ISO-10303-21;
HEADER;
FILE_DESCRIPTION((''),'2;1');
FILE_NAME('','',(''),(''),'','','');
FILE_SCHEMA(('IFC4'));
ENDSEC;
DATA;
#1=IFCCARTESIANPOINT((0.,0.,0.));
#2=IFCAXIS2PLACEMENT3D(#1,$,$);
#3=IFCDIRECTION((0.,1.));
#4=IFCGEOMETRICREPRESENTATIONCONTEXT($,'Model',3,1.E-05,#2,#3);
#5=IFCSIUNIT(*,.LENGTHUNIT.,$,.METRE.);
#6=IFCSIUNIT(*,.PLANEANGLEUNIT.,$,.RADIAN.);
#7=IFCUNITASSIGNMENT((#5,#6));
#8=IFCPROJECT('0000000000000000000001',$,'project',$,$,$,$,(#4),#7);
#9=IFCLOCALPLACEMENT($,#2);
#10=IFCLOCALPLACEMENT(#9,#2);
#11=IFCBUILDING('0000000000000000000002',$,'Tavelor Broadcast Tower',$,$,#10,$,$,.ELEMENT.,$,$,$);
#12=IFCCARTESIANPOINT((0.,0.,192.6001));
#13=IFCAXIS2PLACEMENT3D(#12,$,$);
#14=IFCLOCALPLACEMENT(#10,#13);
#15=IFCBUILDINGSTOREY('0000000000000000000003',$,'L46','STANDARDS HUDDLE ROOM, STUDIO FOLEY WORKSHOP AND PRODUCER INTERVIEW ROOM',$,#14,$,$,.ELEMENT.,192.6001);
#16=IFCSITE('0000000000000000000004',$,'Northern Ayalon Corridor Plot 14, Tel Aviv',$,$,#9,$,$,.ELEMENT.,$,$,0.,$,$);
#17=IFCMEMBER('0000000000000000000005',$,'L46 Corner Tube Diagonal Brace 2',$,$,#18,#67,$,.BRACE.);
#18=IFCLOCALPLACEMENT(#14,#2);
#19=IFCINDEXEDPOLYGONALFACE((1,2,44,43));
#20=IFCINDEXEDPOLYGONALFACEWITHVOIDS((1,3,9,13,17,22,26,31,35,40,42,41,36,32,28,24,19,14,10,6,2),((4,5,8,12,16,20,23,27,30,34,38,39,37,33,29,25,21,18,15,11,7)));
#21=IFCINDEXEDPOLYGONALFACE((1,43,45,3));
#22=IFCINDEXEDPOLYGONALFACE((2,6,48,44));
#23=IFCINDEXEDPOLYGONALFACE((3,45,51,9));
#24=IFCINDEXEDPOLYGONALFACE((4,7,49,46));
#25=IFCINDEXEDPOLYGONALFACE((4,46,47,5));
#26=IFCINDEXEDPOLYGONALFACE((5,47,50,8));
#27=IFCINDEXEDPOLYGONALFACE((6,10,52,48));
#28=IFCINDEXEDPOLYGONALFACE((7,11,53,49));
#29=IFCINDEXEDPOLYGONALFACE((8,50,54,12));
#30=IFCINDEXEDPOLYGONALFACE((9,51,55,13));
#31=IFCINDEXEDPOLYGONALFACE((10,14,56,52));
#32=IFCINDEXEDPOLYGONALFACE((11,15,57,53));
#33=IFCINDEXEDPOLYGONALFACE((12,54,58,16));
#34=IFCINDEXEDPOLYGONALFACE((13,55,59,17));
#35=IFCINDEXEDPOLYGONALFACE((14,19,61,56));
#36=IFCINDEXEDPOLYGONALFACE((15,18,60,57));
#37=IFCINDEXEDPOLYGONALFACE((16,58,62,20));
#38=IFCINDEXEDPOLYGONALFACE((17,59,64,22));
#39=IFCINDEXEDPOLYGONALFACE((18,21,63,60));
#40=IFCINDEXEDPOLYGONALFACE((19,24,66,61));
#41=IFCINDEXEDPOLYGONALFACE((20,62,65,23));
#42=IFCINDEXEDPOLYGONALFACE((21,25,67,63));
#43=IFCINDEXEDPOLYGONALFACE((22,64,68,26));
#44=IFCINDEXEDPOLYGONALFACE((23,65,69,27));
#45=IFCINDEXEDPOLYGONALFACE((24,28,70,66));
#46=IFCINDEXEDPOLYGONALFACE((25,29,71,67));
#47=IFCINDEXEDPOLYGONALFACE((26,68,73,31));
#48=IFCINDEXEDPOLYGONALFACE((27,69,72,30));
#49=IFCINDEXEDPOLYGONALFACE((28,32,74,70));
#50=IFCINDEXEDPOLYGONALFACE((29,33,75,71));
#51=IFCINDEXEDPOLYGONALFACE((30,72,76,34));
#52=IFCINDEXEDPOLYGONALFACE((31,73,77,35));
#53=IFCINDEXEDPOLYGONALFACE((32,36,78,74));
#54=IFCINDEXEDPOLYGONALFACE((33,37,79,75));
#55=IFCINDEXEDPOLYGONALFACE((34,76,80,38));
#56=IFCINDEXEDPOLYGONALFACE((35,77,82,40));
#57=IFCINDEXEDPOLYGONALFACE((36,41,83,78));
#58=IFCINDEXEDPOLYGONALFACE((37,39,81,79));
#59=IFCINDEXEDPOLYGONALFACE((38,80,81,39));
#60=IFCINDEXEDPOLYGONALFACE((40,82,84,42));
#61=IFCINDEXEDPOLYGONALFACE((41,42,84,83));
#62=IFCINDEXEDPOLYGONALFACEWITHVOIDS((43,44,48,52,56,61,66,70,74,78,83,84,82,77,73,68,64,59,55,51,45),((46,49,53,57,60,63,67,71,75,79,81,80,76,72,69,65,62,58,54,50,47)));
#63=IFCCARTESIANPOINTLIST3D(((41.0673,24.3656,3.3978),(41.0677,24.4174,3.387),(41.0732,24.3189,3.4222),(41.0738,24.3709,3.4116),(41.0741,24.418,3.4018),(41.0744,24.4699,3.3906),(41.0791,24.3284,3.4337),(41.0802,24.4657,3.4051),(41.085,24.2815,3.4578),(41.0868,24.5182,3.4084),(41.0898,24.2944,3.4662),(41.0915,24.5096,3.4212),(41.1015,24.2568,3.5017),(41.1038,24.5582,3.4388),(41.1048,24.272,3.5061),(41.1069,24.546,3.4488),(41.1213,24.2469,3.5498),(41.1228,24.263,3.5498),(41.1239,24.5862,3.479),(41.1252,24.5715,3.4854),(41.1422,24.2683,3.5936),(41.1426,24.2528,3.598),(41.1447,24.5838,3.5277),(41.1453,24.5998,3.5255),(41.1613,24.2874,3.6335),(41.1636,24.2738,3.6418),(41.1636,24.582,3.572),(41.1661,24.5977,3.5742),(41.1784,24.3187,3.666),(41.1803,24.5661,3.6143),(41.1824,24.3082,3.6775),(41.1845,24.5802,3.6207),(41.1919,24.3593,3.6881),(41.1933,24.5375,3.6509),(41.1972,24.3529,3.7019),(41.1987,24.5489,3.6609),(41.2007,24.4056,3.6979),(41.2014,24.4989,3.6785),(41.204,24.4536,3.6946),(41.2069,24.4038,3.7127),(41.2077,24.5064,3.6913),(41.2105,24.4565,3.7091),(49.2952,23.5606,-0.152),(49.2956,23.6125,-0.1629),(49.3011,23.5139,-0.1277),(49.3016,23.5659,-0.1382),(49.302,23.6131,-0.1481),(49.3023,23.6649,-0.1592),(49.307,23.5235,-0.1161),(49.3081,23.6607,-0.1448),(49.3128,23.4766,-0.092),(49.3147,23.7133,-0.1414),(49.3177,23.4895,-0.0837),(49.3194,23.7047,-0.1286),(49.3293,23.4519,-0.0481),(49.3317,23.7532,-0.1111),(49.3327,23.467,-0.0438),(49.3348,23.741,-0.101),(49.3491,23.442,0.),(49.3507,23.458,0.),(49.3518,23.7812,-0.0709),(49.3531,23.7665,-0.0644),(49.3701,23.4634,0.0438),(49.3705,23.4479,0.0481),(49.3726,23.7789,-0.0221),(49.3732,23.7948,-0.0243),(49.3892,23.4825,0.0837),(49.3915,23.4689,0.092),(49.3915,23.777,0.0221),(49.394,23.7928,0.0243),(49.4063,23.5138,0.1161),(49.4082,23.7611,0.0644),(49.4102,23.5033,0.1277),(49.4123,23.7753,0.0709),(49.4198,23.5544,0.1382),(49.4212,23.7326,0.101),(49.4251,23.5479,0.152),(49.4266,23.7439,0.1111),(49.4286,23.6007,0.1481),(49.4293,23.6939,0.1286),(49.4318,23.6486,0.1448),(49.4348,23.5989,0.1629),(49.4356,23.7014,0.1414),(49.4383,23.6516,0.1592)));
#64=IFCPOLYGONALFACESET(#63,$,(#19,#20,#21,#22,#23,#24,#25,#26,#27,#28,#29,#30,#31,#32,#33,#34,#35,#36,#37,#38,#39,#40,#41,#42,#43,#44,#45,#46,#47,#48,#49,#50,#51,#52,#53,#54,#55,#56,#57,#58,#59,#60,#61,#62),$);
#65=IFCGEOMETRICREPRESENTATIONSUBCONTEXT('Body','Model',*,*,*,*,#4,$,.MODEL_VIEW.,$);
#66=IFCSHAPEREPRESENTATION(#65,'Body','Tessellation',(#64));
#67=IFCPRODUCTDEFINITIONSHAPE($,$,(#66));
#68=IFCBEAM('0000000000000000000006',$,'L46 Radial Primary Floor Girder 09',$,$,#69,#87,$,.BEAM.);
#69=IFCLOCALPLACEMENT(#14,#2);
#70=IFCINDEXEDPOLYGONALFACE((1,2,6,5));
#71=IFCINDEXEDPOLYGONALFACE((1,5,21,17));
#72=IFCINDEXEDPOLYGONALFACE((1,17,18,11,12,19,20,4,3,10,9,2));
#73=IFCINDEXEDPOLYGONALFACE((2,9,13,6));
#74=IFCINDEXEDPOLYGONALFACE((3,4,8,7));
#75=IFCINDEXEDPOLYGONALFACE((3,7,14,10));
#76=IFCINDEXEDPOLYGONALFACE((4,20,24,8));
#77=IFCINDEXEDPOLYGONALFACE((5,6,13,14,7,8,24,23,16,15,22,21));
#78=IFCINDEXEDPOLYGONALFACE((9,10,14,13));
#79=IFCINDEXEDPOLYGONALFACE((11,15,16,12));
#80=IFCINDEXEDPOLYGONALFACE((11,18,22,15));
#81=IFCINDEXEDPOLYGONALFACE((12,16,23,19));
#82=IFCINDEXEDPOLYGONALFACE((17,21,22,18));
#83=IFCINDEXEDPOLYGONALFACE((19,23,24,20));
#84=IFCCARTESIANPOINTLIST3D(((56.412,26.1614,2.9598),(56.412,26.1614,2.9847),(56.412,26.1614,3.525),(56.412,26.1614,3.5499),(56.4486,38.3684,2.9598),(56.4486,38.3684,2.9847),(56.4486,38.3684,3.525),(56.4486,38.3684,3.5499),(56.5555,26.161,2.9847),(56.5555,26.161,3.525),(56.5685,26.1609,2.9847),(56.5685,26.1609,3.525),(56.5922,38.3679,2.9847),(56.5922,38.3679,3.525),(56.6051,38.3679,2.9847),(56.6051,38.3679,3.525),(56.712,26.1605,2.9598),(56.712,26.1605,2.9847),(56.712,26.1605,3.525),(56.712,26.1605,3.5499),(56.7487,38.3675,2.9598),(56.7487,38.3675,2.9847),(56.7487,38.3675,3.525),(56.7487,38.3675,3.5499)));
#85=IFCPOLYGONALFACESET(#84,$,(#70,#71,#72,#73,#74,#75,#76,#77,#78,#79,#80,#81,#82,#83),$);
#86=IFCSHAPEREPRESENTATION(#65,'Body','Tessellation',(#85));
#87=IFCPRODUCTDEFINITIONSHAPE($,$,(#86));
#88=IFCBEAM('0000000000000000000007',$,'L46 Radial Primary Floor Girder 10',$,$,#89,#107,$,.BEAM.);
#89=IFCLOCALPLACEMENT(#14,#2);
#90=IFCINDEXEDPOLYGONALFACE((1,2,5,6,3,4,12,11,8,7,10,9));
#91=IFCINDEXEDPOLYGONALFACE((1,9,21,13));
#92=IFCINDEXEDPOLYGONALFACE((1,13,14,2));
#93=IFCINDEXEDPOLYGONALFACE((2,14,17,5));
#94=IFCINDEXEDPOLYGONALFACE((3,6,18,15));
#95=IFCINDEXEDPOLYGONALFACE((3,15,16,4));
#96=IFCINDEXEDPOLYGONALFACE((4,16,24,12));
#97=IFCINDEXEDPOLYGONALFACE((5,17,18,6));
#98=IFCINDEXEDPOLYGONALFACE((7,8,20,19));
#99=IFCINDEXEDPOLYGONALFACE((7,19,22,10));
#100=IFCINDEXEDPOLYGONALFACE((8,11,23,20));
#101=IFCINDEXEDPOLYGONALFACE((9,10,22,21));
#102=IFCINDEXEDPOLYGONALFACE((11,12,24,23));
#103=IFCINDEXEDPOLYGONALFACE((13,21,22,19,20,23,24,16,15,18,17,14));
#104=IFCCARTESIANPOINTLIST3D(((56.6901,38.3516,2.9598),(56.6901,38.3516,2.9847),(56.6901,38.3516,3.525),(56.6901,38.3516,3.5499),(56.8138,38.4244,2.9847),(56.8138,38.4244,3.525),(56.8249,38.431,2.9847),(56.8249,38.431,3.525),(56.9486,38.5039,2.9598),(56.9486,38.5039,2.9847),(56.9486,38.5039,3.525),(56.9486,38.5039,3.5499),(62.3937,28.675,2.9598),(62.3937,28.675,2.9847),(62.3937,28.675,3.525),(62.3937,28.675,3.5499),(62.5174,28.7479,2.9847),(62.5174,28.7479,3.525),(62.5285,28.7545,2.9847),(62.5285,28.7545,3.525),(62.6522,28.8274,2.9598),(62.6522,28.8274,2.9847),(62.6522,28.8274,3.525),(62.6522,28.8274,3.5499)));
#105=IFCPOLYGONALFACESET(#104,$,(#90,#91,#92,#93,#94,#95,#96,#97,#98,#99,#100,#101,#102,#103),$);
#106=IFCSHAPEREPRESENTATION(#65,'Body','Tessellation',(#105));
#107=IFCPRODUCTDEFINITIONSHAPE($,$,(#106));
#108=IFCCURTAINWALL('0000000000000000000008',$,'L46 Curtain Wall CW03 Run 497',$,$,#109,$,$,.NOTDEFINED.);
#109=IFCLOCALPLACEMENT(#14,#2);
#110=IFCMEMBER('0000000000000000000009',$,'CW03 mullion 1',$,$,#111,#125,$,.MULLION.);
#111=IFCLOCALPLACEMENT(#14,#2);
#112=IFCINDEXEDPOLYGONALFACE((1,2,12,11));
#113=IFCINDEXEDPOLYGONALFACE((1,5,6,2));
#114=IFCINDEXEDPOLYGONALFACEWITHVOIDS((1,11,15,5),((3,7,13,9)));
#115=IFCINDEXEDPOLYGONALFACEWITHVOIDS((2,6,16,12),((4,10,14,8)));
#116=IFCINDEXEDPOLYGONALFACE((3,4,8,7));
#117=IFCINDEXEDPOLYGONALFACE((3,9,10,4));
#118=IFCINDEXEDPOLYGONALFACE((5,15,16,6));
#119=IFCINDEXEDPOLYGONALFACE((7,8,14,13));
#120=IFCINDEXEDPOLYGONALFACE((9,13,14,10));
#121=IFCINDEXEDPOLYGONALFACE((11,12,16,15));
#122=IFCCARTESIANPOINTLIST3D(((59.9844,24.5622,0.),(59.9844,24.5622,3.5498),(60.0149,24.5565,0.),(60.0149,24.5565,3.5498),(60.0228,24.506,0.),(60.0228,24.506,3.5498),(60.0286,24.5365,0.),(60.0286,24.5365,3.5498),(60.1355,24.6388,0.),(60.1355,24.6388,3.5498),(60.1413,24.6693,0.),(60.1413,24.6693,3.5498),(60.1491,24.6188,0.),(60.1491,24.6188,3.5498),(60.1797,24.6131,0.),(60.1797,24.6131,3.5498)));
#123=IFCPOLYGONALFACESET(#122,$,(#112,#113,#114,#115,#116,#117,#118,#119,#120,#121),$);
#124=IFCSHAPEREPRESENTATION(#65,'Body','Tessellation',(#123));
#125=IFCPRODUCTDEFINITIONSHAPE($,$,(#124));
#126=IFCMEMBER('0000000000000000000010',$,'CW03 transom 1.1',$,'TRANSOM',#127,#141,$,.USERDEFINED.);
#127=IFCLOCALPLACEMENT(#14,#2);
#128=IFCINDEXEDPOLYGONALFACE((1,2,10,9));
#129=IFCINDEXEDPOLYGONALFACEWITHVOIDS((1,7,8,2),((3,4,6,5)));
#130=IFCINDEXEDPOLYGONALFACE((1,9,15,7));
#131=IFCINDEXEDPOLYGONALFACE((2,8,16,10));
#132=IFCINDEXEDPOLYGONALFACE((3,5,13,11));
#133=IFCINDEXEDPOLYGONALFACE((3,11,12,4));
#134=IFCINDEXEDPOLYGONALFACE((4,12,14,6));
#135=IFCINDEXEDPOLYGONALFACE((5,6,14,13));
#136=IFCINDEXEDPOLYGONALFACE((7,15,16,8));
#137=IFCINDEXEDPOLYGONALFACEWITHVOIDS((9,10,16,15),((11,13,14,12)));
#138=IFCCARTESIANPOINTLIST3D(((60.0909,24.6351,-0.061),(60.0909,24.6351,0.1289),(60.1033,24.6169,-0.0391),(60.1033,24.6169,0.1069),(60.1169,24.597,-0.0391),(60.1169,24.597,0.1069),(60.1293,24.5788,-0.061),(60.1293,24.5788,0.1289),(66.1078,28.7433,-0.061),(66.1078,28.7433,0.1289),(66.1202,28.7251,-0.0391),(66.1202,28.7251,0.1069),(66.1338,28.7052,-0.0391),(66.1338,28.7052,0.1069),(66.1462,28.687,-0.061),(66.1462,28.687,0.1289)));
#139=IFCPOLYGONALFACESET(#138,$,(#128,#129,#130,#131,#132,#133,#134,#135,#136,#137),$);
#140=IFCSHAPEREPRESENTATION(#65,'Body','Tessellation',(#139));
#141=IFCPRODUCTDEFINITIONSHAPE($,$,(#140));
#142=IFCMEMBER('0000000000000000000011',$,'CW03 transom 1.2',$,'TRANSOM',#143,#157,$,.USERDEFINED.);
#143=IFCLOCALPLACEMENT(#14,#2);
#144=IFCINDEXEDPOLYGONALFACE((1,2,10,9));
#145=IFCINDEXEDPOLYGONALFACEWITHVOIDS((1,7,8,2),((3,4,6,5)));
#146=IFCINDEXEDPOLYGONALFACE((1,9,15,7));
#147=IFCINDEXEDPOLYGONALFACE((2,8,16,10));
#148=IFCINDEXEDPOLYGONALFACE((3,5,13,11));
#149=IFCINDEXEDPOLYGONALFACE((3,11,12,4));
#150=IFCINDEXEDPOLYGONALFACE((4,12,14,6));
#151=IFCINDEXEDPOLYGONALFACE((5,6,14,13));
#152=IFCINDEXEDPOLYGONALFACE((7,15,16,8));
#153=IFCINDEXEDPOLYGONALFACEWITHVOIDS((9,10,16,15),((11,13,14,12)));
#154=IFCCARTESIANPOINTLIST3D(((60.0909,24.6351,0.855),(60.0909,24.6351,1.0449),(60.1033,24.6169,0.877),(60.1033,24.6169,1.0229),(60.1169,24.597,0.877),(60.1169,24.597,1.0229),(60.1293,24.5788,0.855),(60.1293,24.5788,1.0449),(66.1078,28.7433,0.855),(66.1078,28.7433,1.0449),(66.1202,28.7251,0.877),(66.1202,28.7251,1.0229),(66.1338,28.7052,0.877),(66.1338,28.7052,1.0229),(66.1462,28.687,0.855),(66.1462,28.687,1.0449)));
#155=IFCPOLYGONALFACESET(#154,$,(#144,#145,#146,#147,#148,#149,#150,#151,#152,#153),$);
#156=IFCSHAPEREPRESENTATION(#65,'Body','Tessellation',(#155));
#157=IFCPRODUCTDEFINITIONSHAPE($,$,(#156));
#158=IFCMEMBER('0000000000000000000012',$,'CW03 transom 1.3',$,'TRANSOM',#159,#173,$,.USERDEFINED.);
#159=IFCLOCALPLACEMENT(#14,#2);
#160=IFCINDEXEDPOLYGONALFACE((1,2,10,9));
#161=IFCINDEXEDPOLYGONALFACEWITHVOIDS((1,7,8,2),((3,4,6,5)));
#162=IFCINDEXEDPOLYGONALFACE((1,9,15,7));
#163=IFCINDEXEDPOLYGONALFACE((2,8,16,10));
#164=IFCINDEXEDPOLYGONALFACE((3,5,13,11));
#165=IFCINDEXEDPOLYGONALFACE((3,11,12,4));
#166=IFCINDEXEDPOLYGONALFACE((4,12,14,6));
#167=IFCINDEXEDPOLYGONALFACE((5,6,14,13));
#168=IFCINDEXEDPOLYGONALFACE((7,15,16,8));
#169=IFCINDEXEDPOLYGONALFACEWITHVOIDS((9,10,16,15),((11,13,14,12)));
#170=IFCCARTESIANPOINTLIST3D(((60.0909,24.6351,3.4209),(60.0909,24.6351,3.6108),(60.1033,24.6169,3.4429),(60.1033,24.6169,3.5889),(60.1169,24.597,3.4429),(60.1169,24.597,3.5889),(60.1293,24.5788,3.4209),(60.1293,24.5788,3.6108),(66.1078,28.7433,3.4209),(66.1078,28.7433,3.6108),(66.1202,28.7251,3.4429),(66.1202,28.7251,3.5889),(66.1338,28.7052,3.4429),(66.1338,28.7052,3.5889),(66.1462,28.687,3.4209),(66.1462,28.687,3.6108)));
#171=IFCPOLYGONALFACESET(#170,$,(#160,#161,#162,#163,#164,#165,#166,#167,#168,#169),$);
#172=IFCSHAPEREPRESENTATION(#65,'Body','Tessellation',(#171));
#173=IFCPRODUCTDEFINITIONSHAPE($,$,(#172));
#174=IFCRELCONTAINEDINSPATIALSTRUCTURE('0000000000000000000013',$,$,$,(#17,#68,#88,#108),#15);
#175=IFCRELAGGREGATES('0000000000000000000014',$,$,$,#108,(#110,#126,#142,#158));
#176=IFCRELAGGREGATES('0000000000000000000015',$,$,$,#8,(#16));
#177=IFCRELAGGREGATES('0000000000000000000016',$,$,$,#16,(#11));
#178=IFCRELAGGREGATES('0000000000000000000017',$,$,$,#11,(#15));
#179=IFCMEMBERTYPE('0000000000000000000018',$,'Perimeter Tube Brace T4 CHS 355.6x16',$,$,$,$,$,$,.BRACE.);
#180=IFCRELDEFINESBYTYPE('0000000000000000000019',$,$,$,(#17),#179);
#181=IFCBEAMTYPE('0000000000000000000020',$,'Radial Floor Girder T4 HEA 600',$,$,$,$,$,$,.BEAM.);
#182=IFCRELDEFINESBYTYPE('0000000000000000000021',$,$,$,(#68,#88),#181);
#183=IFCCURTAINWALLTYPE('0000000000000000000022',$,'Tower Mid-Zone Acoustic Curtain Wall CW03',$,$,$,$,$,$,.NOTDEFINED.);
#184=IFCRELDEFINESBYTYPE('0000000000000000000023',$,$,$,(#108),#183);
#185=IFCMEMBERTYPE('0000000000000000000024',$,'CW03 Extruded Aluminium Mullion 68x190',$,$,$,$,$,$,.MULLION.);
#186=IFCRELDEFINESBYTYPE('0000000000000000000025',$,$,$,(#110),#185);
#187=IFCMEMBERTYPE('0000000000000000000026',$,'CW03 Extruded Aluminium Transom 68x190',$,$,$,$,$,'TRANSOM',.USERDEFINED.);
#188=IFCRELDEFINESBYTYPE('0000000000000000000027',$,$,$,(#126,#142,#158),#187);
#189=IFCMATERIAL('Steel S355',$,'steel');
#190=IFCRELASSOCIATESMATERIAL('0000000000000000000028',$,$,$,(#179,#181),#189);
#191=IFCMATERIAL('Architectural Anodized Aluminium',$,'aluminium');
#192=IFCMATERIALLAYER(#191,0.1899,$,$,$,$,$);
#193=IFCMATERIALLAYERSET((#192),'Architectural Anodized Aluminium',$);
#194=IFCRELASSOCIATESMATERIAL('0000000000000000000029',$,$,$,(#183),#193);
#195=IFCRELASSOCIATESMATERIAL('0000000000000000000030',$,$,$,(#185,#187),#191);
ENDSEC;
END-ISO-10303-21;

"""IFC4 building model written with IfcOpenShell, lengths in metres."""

from ifc_helpers import new_model, si_unit, direction, frame, origin, origin_2d, place, context, subcontext, project, spatial, hollow_rectangle, hollow_circle, i_section, extrude, source, transform, mapped, material, layer, layer_set, material_profile, profile_set, type_object, type_shapes, element, aggregate, save


model = new_model("IFC4")

# Units and contexts
model_context = context("Model", 3, precision=1e-05, world=origin(), true_north=direction((0.0, 1.0)))
body_context = subcontext(model_context, "Body", "Model", "MODEL_VIEW")
ifc_project = project(units=[si_unit("LENGTHUNIT", "METRE"), si_unit("PLANEANGLEUNIT", "RADIAN")], contexts=[model_context])

# Site, building, storey
site_placement = place(None, origin())
site = spatial("IfcSite", under=ifc_project, at=site_placement, Name="Northern Ayalon Corridor Plot 14, Tel Aviv", CompositionType="ELEMENT", RefElevation=0.0)
building_placement = place(site_placement, origin())
building = spatial("IfcBuilding", under=site, at=building_placement, Name="Tavelor Broadcast Tower", CompositionType="ELEMENT")
storey_placement = place(building_placement, frame((0.0, 0.0, 192.6001)))
storey = spatial("IfcBuildingStorey", under=building, at=storey_placement, Name="L46", Description="STANDARDS HUDDLE ROOM, STUDIO FOLEY WORKSHOP AND PRODUCER INTERVIEW ROOM", CompositionType="ELEMENT", Elevation=192.6001)

# Shared definitions
ifc_material_1 = material(Name="Steel S355", Category="steel")

# Member
ifc_material_profile_1 = material_profile(ifc_material_1, hollow_circle(Radius=0.1777, WallThickness=0.0161, at=origin_2d()), Name="CHS 355.6x16")
ifc_profile_set_1 = profile_set([ifc_material_profile_1], Name="Steel S355")
member_type_1 = type_object("IfcMemberType", Name="Perimeter Tube Brace T4 CHS 355.6x16", PredefinedType="BRACE", material=ifc_profile_set_1)
member_1_placement = place(storey_placement, frame((49.3665, 23.6189, 0.0), z_axis=(-0.914506, 0.089467, 0.394556), x_axis=(-0.097366, -0.995249, 0.0)))
element("IfcMember", 1, at=member_1_placement, inside=storey, type_object=member_type_1, Name="L46 Corner Tube Diagonal Brace 2", PredefinedType="BRACE", context=body_context, shape_type="SweptSolid", body=[
    extrude(hollow_circle(Radius=0.1777, WallThickness=0.0161, at=origin_2d()), origin(), (0.0, 0.0, 1.0), 8.9971),
])

# Beams
ifc_material_profile_2 = material_profile(ifc_material_1, i_section(OverallWidth=0.3, OverallDepth=0.5901, WebThickness=0.0129, FlangeThickness=0.0249, at=origin_2d()), Name="HEA 600")
ifc_profile_set_2 = profile_set([ifc_material_profile_2], Name="Steel S355")
beam_type_1 = type_object("IfcBeamType", Name="Radial Floor Girder T4 HEA 600", PredefinedType="BEAM", material=ifc_profile_set_2)
beam_1_placement = place(storey_placement, frame((56.5986, 38.3679, 3.2549), z_axis=(-0.003, -0.999996, 0.0), x_axis=(0.999996, -0.003, 0.0)))
element("IfcBeam", 2, at=beam_1_placement, inside=storey, type_object=beam_type_1, Name="L46 Radial Primary Floor Girder 09", PredefinedType="BEAM", context=body_context, shape_type="SweptSolid", body=[
    extrude(i_section(OverallWidth=0.3, OverallDepth=0.5901, WebThickness=0.0129, FlangeThickness=0.0249, at=origin_2d()), origin(), (0.0, 0.0, 1.0), 12.207),
])
beam_2_placement = place(storey_placement, frame((56.8193, 38.4277, 3.2549), z_axis=(0.507784, -0.861485, 0.0), x_axis=(0.861485, 0.507784, 0.0)))
element("IfcBeam", 3, at=beam_2_placement, inside=storey, type_object=beam_type_1, Name="L46 Radial Primary Floor Girder 10", PredefinedType="BEAM", context=body_context, shape_type="SweptSolid", body=[
    extrude(i_section(OverallWidth=0.3, OverallDepth=0.5901, WebThickness=0.0129, FlangeThickness=0.0249, at=origin_2d()), origin(), (0.0, 0.0, 1.0), 11.2324),
])

# Curtain wall, members
ifc_material_2 = material(Name="Architectural Anodized Aluminium", Category="aluminium")
ifc_layer_1 = layer(ifc_material_2, 0.1899)
ifc_layer_set_1 = layer_set([ifc_layer_1], Name="Architectural Anodized Aluminium")
curtain_wall_type = type_object("IfcCurtainWallType", Name="Tower Mid-Zone Acoustic Curtain Wall CW03", PredefinedType="NOTDEFINED", material=ifc_layer_set_1)
curtain_wall_placement = place(storey_placement, origin())
curtain_wall = element("IfcCurtainWall", 4, at=curtain_wall_placement, inside=storey, type_object=curtain_wall_type, Name="L46 Curtain Wall CW03 Run 497", PredefinedType="NOTDEFINED")
ifc_material_profile_3 = material_profile(ifc_material_2, hollow_rectangle(XDim=0.0681, YDim=0.1899, WallThickness=0.022, at=origin_2d()), Name="RHS 68x190x22")
ifc_profile_set_3 = profile_set([ifc_material_profile_3], Name="Architectural Anodized Aluminium")
member_type_2 = type_object("IfcMemberType", Name="CW03 Extruded Aluminium Mullion 68x190", PredefinedType="MULLION", material=ifc_profile_set_3)
shared_shape_1 = source(origin(), body_context, "Body", "SweptSolid", [
    extrude(hollow_rectangle(XDim=0.0681, YDim=0.1899, WallThickness=0.022, at=origin_2d()), origin(), (0.0, 0.0, 1.0), 3.5498),
])
type_shapes(member_type_2, [shared_shape_1])
member_2_placement = place(storey_placement, frame((60.082, 24.5876, 0.0), z_axis=(0.0, 0.0, 1.0), x_axis=(-0.563895, 0.825847, 0.0)))
member_2 = element("IfcMember", 5, at=member_2_placement, type_object=member_type_2, Name="CW03 mullion 1", PredefinedType="MULLION", context=body_context, shape_type="MappedRepresentation", body=[
    mapped(shared_shape_1, transform((0.0, 0.0, 0.0), scale=1.0)),
])
ifc_material_profile_4 = material_profile(ifc_material_2, hollow_rectangle(XDim=0.0681, YDim=0.1899, WallThickness=0.022, at=origin_2d()), Name="RHS 68x190x22")
ifc_profile_set_4 = profile_set([ifc_material_profile_4], Name="Architectural Anodized Aluminium")
member_type_3 = type_object("IfcMemberType", Name="CW03 Extruded Aluminium Transom 68x190", ElementType="TRANSOM", PredefinedType="USERDEFINED", material=ifc_profile_set_4)
shared_shape_2 = source(origin(), body_context, "Body", "SweptSolid", [
    extrude(hollow_rectangle(XDim=0.0681, YDim=0.1899, WallThickness=0.022, at=origin_2d()), origin(), (0.0, 0.0, 1.0), 7.2856),
])
type_shapes(member_type_3, [shared_shape_2])
member_3_placement = place(storey_placement, frame((60.1101, 24.6069, 0.0339), z_axis=(0.825859, 0.563876, 0.0), x_axis=(-0.563876, 0.825859, 0.0)))
member_3 = element("IfcMember", 6, at=member_3_placement, type_object=member_type_3, Name="CW03 transom 1.1", ObjectType="TRANSOM", PredefinedType="USERDEFINED", context=body_context, shape_type="MappedRepresentation", body=[
    mapped(shared_shape_2, transform((0.0, 0.0, 0.0), scale=1.0)),
])
member_4_placement = place(storey_placement, frame((60.1101, 24.6069, 0.95), z_axis=(0.825859, 0.563876, 0.0), x_axis=(-0.563876, 0.825859, 0.0)))
member_4 = element("IfcMember", 7, at=member_4_placement, type_object=member_type_3, Name="CW03 transom 1.2", ObjectType="TRANSOM", PredefinedType="USERDEFINED", context=body_context, shape_type="MappedRepresentation", body=[
    mapped(shared_shape_2, transform((0.0, 0.0, 0.0), scale=1.0)),
])
member_5_placement = place(storey_placement, frame((60.1101, 24.6069, 3.5159), z_axis=(0.825859, 0.563876, 0.0), x_axis=(-0.563876, 0.825859, 0.0)))
member_5 = element("IfcMember", 8, at=member_5_placement, type_object=member_type_3, Name="CW03 transom 1.3", ObjectType="TRANSOM", PredefinedType="USERDEFINED", context=body_context, shape_type="MappedRepresentation", body=[
    mapped(shared_shape_2, transform((0.0, 0.0, 0.0), scale=1.0)),
])
aggregate(curtain_wall, [member_2, member_3, member_4, member_5])

save(model, "model.ifc")
